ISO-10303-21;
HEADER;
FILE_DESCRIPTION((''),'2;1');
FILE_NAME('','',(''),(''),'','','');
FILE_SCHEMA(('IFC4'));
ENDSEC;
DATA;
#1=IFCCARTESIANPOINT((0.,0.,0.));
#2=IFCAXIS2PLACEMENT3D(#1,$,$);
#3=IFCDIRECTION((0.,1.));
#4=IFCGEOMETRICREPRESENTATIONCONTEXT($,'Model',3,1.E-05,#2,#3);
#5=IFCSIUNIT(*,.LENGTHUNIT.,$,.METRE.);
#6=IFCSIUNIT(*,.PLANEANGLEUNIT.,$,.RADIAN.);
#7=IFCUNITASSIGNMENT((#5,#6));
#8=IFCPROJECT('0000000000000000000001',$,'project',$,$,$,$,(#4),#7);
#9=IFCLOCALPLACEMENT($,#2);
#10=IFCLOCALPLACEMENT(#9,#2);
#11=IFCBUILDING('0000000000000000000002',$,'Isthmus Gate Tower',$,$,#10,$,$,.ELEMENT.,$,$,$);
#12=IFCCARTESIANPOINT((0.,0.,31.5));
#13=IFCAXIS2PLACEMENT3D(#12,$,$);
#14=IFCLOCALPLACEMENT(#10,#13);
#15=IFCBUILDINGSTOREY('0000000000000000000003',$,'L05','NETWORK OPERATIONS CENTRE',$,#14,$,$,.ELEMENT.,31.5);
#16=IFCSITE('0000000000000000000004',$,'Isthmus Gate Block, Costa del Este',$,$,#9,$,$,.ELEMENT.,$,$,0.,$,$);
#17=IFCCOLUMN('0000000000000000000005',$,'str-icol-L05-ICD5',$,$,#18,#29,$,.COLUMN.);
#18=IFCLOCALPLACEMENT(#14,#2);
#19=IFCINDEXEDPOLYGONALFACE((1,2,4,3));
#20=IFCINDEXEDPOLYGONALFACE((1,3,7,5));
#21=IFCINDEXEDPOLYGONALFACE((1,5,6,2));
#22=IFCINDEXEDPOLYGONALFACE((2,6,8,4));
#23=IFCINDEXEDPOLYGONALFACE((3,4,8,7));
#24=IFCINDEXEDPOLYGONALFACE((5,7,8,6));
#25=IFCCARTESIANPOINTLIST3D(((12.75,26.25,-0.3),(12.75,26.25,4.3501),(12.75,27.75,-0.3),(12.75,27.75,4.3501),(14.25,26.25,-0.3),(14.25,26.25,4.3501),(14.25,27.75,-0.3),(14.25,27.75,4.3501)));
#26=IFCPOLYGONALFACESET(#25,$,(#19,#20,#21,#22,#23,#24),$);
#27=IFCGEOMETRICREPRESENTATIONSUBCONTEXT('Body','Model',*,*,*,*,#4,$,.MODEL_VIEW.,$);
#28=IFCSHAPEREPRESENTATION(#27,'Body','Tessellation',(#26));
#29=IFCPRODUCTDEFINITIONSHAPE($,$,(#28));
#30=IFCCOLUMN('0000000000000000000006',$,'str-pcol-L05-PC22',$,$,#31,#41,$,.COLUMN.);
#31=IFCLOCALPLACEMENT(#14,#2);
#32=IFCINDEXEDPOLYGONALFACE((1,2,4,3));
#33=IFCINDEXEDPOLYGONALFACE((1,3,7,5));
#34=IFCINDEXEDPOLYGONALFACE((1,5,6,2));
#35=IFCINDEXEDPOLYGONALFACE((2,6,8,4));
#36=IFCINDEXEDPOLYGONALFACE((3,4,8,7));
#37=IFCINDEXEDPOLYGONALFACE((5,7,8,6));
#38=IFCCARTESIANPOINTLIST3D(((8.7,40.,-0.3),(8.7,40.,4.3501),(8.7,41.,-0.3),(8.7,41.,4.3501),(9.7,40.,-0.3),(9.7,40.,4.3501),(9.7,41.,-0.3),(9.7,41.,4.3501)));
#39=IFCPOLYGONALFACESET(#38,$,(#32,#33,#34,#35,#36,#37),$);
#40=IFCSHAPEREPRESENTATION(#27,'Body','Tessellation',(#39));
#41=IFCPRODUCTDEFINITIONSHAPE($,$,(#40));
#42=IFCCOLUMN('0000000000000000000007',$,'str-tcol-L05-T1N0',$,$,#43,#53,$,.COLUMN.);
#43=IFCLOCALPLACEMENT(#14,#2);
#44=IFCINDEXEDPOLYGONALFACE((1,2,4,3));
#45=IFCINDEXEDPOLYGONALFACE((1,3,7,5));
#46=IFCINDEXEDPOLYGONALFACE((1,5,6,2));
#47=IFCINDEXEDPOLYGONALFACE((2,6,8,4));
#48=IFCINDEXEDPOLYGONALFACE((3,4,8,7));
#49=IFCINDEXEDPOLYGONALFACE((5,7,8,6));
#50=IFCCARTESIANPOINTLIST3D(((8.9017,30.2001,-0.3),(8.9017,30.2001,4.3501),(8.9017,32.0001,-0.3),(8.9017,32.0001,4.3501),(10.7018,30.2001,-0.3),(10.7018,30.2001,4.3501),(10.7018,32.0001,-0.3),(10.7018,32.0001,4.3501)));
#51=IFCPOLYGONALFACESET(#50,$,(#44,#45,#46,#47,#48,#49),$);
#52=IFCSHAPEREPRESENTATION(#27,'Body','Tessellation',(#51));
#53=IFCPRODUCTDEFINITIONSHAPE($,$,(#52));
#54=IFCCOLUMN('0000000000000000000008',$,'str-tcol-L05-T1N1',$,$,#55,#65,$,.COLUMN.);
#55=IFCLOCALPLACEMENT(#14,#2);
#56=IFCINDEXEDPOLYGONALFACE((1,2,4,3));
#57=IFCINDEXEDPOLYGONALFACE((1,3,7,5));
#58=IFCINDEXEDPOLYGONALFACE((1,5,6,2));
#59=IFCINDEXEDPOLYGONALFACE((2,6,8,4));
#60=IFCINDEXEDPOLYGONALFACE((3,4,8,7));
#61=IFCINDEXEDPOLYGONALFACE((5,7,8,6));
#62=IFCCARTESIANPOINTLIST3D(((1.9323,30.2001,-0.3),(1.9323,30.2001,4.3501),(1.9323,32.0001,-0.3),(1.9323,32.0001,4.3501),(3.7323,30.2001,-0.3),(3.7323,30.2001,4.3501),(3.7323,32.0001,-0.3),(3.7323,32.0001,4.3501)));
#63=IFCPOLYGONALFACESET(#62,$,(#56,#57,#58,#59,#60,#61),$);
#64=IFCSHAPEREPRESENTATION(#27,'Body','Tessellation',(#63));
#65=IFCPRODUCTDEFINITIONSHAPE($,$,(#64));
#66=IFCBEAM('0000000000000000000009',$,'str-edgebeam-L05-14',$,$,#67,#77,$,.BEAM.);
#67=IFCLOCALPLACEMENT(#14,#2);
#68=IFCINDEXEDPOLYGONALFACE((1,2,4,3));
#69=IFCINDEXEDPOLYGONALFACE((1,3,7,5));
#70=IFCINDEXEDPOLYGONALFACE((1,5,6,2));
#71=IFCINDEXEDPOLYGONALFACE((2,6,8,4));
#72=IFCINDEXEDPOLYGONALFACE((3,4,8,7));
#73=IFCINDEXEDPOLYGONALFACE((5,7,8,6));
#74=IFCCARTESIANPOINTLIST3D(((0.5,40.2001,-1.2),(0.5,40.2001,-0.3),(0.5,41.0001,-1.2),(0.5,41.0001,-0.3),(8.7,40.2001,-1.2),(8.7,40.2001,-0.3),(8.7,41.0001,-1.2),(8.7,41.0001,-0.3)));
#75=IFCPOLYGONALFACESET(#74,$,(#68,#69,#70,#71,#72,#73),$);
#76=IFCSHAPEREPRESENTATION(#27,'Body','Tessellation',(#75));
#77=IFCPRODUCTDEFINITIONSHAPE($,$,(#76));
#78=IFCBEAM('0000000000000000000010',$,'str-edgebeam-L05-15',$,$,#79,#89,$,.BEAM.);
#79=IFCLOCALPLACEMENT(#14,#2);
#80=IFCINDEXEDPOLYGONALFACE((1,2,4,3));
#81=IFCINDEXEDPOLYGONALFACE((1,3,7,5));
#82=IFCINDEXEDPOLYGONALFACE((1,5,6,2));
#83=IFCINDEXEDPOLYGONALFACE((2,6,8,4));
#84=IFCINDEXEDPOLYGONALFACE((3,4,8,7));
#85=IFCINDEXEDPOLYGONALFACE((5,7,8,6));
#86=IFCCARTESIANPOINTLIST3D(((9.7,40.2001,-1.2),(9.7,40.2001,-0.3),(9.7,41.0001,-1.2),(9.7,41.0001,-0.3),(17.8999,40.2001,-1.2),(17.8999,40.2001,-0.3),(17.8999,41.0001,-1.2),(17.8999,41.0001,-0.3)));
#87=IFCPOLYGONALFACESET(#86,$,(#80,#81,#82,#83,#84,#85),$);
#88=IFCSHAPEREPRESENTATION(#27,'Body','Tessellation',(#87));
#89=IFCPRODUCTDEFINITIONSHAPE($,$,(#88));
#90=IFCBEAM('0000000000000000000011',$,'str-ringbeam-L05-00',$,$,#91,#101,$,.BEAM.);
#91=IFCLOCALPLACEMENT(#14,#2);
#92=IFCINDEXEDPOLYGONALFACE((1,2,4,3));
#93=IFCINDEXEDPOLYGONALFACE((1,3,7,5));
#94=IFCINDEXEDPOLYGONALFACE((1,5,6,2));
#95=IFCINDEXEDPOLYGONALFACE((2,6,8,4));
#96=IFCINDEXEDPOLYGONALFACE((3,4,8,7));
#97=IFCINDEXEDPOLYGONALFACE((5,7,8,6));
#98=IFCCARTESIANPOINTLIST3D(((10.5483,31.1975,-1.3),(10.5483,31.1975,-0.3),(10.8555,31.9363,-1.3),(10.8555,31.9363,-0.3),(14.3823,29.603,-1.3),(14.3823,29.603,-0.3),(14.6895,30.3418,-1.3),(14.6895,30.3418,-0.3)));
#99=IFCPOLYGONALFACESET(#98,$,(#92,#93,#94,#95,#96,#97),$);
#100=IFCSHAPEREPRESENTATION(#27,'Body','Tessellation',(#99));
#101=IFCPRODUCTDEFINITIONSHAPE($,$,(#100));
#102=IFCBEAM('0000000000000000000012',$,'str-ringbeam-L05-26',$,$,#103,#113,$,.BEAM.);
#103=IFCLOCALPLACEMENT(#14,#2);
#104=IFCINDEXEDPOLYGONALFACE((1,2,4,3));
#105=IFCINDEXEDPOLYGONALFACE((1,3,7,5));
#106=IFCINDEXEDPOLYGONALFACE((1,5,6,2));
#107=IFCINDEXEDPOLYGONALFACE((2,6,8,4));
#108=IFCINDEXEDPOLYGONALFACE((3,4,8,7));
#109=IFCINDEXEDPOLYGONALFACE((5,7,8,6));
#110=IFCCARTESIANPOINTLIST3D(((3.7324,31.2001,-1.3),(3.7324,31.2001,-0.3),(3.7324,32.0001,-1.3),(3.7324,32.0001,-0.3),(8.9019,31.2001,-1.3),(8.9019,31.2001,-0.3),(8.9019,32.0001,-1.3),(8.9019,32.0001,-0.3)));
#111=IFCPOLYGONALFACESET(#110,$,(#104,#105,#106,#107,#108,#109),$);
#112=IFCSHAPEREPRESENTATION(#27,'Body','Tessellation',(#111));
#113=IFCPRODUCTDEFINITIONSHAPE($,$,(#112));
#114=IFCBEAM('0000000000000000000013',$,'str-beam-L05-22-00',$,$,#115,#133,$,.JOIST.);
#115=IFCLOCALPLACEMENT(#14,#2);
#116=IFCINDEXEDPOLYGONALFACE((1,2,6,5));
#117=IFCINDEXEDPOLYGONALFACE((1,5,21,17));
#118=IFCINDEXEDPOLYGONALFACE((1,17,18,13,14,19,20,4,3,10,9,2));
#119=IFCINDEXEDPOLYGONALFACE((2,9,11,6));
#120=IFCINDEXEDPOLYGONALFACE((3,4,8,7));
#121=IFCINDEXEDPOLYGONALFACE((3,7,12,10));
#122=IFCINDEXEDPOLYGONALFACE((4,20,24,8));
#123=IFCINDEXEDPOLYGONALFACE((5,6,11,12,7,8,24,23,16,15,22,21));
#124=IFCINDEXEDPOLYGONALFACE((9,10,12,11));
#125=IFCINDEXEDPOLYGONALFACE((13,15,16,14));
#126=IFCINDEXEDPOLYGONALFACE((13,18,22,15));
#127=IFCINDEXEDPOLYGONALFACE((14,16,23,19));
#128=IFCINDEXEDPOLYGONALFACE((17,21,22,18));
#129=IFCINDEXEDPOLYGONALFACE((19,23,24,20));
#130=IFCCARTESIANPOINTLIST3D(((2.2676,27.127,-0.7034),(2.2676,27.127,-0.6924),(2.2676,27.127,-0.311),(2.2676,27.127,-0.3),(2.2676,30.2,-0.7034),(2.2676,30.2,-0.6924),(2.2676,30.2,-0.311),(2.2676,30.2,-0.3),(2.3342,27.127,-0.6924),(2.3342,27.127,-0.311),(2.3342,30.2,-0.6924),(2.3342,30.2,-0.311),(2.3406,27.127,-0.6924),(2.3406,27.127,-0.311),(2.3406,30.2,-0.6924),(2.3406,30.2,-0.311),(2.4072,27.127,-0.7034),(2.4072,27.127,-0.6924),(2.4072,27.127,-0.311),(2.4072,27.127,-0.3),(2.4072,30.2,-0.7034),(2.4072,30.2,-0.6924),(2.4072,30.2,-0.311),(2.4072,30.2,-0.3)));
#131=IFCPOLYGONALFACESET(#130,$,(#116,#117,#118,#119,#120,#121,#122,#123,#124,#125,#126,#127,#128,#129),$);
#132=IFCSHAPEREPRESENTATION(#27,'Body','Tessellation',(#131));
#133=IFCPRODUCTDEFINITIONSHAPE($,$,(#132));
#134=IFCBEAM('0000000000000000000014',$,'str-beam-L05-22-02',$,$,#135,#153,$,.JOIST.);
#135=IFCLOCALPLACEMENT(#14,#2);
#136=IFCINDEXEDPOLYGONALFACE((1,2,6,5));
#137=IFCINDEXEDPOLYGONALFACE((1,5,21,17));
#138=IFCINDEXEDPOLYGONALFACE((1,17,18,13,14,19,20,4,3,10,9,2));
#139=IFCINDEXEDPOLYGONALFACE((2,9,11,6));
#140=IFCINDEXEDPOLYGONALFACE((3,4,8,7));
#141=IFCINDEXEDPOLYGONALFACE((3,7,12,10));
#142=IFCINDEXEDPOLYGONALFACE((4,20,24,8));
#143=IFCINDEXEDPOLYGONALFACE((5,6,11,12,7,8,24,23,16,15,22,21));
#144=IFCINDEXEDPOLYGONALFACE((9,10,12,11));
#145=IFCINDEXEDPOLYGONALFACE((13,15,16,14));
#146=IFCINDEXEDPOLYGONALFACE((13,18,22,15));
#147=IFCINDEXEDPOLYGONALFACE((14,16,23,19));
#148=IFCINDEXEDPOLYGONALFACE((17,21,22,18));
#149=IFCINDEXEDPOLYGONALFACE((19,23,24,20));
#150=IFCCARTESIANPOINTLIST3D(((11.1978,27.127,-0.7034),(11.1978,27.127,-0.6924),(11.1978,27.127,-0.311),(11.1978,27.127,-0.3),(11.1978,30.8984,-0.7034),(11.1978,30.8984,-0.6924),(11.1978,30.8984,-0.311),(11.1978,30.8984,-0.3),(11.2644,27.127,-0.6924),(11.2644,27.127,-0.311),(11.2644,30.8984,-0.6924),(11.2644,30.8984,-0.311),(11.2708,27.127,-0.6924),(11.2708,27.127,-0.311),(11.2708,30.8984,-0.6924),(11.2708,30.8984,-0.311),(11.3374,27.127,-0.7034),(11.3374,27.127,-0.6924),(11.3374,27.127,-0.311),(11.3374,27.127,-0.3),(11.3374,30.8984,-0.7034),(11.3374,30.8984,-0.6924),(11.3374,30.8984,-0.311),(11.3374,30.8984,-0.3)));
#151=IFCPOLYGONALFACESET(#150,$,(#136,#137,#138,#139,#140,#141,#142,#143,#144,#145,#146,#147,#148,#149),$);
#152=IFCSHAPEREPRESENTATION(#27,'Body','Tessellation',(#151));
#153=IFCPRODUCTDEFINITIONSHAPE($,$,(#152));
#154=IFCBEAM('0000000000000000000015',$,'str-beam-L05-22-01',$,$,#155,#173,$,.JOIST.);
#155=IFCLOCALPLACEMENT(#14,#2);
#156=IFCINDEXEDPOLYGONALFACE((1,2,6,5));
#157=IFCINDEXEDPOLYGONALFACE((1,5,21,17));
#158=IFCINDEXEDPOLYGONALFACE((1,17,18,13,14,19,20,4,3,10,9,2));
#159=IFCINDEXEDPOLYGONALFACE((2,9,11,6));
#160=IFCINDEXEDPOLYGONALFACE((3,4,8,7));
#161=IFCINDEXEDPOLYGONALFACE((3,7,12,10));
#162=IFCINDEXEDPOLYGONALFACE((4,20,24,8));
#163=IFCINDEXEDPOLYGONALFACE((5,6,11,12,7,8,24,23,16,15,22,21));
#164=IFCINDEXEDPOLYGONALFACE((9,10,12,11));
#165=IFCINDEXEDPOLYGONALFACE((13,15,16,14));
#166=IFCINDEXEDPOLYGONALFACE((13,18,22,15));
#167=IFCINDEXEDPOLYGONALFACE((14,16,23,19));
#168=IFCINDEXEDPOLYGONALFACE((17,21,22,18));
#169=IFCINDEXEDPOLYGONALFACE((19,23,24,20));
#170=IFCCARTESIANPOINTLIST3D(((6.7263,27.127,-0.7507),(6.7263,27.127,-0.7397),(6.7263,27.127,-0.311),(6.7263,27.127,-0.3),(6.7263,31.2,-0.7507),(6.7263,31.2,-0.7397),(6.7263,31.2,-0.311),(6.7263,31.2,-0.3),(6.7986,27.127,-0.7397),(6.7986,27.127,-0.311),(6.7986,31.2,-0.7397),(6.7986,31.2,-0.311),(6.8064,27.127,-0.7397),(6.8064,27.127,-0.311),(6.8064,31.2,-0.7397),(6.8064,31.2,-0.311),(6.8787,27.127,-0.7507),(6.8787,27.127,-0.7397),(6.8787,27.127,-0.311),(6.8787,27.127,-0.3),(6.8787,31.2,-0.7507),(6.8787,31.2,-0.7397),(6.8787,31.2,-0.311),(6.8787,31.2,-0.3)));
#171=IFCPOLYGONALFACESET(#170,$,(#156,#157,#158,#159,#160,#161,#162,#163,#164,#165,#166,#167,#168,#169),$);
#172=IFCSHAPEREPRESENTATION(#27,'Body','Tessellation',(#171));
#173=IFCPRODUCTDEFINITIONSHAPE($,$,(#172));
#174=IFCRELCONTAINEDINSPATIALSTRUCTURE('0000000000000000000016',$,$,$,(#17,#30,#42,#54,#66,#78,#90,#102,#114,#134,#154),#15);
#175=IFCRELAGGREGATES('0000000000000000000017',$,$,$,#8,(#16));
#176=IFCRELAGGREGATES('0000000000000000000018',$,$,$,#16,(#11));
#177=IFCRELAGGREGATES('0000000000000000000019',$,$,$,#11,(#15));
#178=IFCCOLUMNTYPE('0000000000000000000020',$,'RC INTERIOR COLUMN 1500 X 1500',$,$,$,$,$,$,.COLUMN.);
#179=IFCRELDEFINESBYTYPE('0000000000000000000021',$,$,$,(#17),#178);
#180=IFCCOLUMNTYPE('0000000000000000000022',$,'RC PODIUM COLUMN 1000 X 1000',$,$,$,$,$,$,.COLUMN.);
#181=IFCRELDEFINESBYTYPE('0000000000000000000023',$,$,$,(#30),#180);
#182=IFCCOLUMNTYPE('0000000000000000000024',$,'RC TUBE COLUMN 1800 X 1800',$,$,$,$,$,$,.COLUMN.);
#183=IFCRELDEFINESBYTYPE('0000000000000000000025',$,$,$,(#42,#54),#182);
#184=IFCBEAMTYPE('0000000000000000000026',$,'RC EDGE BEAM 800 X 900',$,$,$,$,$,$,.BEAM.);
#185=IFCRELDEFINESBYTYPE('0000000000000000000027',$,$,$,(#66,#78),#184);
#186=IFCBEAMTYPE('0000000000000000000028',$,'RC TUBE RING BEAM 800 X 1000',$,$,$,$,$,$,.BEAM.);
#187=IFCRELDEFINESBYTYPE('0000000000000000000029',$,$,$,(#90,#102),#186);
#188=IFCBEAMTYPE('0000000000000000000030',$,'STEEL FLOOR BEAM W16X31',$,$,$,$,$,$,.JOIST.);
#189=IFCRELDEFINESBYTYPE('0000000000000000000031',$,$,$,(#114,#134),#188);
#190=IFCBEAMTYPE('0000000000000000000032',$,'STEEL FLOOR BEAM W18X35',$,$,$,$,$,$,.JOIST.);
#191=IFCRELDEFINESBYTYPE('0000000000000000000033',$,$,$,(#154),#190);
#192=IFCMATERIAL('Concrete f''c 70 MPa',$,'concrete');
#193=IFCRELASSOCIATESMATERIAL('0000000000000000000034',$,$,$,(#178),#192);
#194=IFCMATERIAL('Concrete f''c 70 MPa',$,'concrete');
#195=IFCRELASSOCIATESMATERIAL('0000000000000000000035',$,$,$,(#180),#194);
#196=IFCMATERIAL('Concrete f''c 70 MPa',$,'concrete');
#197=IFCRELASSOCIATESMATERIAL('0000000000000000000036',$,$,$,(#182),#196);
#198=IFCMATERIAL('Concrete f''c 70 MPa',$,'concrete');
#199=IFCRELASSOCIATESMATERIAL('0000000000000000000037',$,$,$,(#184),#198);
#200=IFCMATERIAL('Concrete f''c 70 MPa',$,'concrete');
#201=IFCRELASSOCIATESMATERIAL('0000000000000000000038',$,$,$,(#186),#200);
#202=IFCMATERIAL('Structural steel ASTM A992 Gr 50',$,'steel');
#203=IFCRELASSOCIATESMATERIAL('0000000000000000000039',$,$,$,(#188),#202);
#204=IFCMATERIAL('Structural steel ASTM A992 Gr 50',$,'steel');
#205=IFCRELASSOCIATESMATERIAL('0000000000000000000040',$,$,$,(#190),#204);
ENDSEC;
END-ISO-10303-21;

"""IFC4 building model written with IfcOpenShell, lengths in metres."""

from ifc_helpers import new_model, si_unit, direction, frame, origin, origin_2d, place, context, subcontext, project, spatial, rectangle, i_section, extrude, material, material_profile, profile_set, type_object, element, save


model = new_model("IFC4")

# Units and contexts
model_context = context("Model", 3, precision=1e-05, world=origin(), true_north=direction((0.0, 1.0)))
body_context = subcontext(model_context, "Body", "Model", "MODEL_VIEW")
ifc_project = project(units=[si_unit("LENGTHUNIT", "METRE"), si_unit("PLANEANGLEUNIT", "RADIAN")], contexts=[model_context])

# Site, building, storey
site_placement = place(None, origin())
site = spatial("IfcSite", under=ifc_project, at=site_placement, Name="Isthmus Gate Block, Costa del Este", CompositionType="ELEMENT", RefElevation=0.0)
building_placement = place(site_placement, origin())
building = spatial("IfcBuilding", under=site, at=building_placement, Name="Isthmus Gate Tower", CompositionType="ELEMENT")
storey_placement = place(building_placement, frame((0.0, 0.0, 31.5)))
storey = spatial("IfcBuildingStorey", under=building, at=storey_placement, Name="L05", Description="NETWORK OPERATIONS CENTRE", CompositionType="ELEMENT", Elevation=31.5)

# Columns
ifc_material_1 = material(Name="Concrete f'c 70 MPa", Category="concrete")
ifc_material_profile_1 = material_profile(ifc_material_1, rectangle(XDim=1.5, YDim=1.5, at=origin_2d()), Name="RC 1500X1500")
ifc_profile_set_1 = profile_set([ifc_material_profile_1], Name="Concrete f'c 70 MPa")
column_type_1 = type_object("IfcColumnType", Name="RC INTERIOR COLUMN 1500 X 1500", PredefinedType="COLUMN", material=ifc_profile_set_1)
column_1_placement = place(storey_placement, frame((13.5, 27.0, -0.3), z_axis=(0.0, 0.0, 1.0), x_axis=(1.0, 0.0, 0.0)))
element("IfcColumn", 1, at=column_1_placement, inside=storey, type_object=column_type_1, Name="str-icol-L05-ICD5", PredefinedType="COLUMN", context=body_context, shape_type="SweptSolid", body=[
    extrude(rectangle(XDim=1.5, YDim=1.5, at=origin_2d()), origin(), (0.0, 0.0, 1.0), 4.6501),
])
ifc_material_2 = material(Name="Concrete f'c 70 MPa", Category="concrete")
ifc_material_profile_2 = material_profile(ifc_material_2, rectangle(XDim=1.0, YDim=1.0, at=origin_2d()), Name="RC 1000X1000")
ifc_profile_set_2 = profile_set([ifc_material_profile_2], Name="Concrete f'c 70 MPa")
column_type_2 = type_object("IfcColumnType", Name="RC PODIUM COLUMN 1000 X 1000", PredefinedType="COLUMN", material=ifc_profile_set_2)
column_2_placement = place(storey_placement, frame((9.2, 40.5, -0.3), z_axis=(0.0, 0.0, 1.0), x_axis=(-1.0, 0.0, 0.0)))
element("IfcColumn", 2, at=column_2_placement, inside=storey, type_object=column_type_2, Name="str-pcol-L05-PC22", PredefinedType="COLUMN", context=body_context, shape_type="SweptSolid", body=[
    extrude(rectangle(XDim=1.0, YDim=1.0, at=origin_2d()), origin(), (0.0, 0.0, 1.0), 4.6501),
])
ifc_material_3 = material(Name="Concrete f'c 70 MPa", Category="concrete")
ifc_material_profile_3 = material_profile(ifc_material_3, rectangle(XDim=1.8, YDim=1.8, at=origin_2d()), Name="RC 1800X1800")
ifc_profile_set_3 = profile_set([ifc_material_profile_3], Name="Concrete f'c 70 MPa")
column_type_3 = type_object("IfcColumnType", Name="RC TUBE COLUMN 1800 X 1800", PredefinedType="COLUMN", material=ifc_profile_set_3)
for number, where, z_axis, x_axis, name in (
    (3, (9.8018, 31.1001, -0.3), (0.0, 0.0, 1.0), (-1.0, 0.0, 0.0), "str-tcol-L05-T1N0"),
    (4, (2.8323, 31.1001, -0.3), (0.0, 0.0, 1.0), (-1.0, 0.0, 0.0), "str-tcol-L05-T1N1"),
):
    element("IfcColumn", number, at=place(storey_placement, frame(where, z_axis=z_axis, x_axis=x_axis)), inside=storey, type_object=column_type_3, Name=name, PredefinedType="COLUMN", context=body_context, shape_type="SweptSolid", body=[
        extrude(rectangle(XDim=1.8, YDim=1.8, at=origin_2d()), origin(), (0.0, 0.0, 1.0), 4.6501),
    ])

# Beams
ifc_material_4 = material(Name="Concrete f'c 70 MPa", Category="concrete")
ifc_material_profile_4 = material_profile(ifc_material_4, rectangle(XDim=0.8, YDim=0.8999, at=origin_2d()), Name="RC 800X900")
ifc_profile_set_4 = profile_set([ifc_material_profile_4], Name="Concrete f'c 70 MPa")
beam_type_1 = type_object("IfcBeamType", Name="RC EDGE BEAM 800 X 900", PredefinedType="BEAM", material=ifc_profile_set_4)
for number, where, z_axis, x_axis, name in (
    (5, (0.5, 40.6001, -0.75), (1.0, 0.0, 0.0), (0.0, 1.0, 0.0), "str-edgebeam-L05-14"),
    (6, (9.7, 40.6001, -0.75), (1.0, 0.0, 0.0), (0.0, 1.0, 0.0), "str-edgebeam-L05-15"),
):
    element("IfcBeam", number, at=place(storey_placement, frame(where, z_axis=z_axis, x_axis=x_axis)), inside=storey, type_object=beam_type_1, Name=name, PredefinedType="BEAM", context=body_context, shape_type="SweptSolid", body=[
        extrude(rectangle(XDim=0.8, YDim=0.8999, at=origin_2d()), origin(), (0.0, 0.0, 1.0), 8.2),
    ])
ifc_material_5 = material(Name="Concrete f'c 70 MPa", Category="concrete")
ifc_material_profile_5 = material_profile(ifc_material_5, rectangle(XDim=0.8, YDim=1.0, at=origin_2d()), Name="RC 800X1000")
ifc_profile_set_5 = profile_set([ifc_material_profile_5], Name="Concrete f'c 70 MPa")
beam_type_2 = type_object("IfcBeamType", Name="RC TUBE RING BEAM 800 X 1000", PredefinedType="BEAM", material=ifc_profile_set_5)
beam_1_placement = place(storey_placement, frame((10.7019, 31.5669, -0.8), z_axis=(0.923334, -0.383997, 0.0), x_axis=(0.383997, 0.923334, 0.0)))
element("IfcBeam", 7, at=beam_1_placement, inside=storey, type_object=beam_type_2, Name="str-ringbeam-L05-00", PredefinedType="BEAM", context=body_context, shape_type="SweptSolid", body=[
    extrude(rectangle(XDim=0.8, YDim=1.0, at=origin_2d()), origin(), (0.0, 0.0, 1.0), 4.1523),
])
beam_2_placement = place(storey_placement, frame((3.7324, 31.6001, -0.8), z_axis=(1.0, 0.0, 0.0), x_axis=(0.0, 1.0, 0.0)))
element("IfcBeam", 8, at=beam_2_placement, inside=storey, type_object=beam_type_2, Name="str-ringbeam-L05-26", PredefinedType="BEAM", context=body_context, shape_type="SweptSolid", body=[
    extrude(rectangle(XDim=0.8, YDim=1.0, at=origin_2d()), origin(), (0.0, 0.0, 1.0), 5.1694),
])
ifc_material_6 = material(Name="Structural steel ASTM A992 Gr 50", Category="steel")
ifc_material_profile_6 = material_profile(ifc_material_6, i_section(OverallWidth=0.1396, OverallDepth=0.4033, WebThickness=0.0063, FlangeThickness=0.011, at=origin_2d()), Name="W16X31")
ifc_profile_set_6 = profile_set([ifc_material_profile_6], Name="Structural steel ASTM A992 Gr 50")
beam_type_3 = type_object("IfcBeamType", Name="STEEL FLOOR BEAM W16X31", PredefinedType="JOIST", material=ifc_profile_set_6)
beam_3_placement = place(storey_placement, frame((2.3374, 27.127, -0.5017), z_axis=(0.0, 1.0, 0.0), x_axis=(-1.0, 0.0, 0.0)))
element("IfcBeam", 9, at=beam_3_placement, inside=storey, type_object=beam_type_3, Name="str-beam-L05-22-00", PredefinedType="JOIST", context=body_context, shape_type="SweptSolid", body=[
    extrude(i_section(OverallWidth=0.1396, OverallDepth=0.4033, WebThickness=0.0063, FlangeThickness=0.011, at=origin_2d()), origin(), (0.0, 0.0, 1.0), 3.073),
])
beam_4_placement = place(storey_placement, frame((11.2676, 27.127, -0.5017), z_axis=(0.0, 1.0, 0.0), x_axis=(-1.0, 0.0, 0.0)))
element("IfcBeam", 10, at=beam_4_placement, inside=storey, type_object=beam_type_3, Name="str-beam-L05-22-02", PredefinedType="JOIST", context=body_context, shape_type="SweptSolid", body=[
    extrude(i_section(OverallWidth=0.1396, OverallDepth=0.4033, WebThickness=0.0063, FlangeThickness=0.011, at=origin_2d()), origin(), (0.0, 0.0, 1.0), 3.7715),
])
ifc_material_7 = material(Name="Structural steel ASTM A992 Gr 50", Category="steel")
ifc_material_profile_7 = material_profile(ifc_material_7, i_section(OverallWidth=0.1523, OverallDepth=0.4507, WebThickness=0.0078, FlangeThickness=0.011, at=origin_2d()), Name="W18X35")
ifc_profile_set_7 = profile_set([ifc_material_profile_7], Name="Structural steel ASTM A992 Gr 50")
beam_type_4 = type_object("IfcBeamType", Name="STEEL FLOOR BEAM W18X35", PredefinedType="JOIST", material=ifc_profile_set_7)
beam_5_placement = place(storey_placement, frame((6.8025, 27.127, -0.5254), z_axis=(0.0, 1.0, 0.0), x_axis=(-1.0, 0.0, 0.0)))
element("IfcBeam", 11, at=beam_5_placement, inside=storey, type_object=beam_type_4, Name="str-beam-L05-22-01", PredefinedType="JOIST", context=body_context, shape_type="SweptSolid", body=[
    extrude(i_section(OverallWidth=0.1523, OverallDepth=0.4507, WebThickness=0.0078, FlangeThickness=0.011, at=origin_2d()), origin(), (0.0, 0.0, 1.0), 4.073),
])

save(model, "model.ifc")
